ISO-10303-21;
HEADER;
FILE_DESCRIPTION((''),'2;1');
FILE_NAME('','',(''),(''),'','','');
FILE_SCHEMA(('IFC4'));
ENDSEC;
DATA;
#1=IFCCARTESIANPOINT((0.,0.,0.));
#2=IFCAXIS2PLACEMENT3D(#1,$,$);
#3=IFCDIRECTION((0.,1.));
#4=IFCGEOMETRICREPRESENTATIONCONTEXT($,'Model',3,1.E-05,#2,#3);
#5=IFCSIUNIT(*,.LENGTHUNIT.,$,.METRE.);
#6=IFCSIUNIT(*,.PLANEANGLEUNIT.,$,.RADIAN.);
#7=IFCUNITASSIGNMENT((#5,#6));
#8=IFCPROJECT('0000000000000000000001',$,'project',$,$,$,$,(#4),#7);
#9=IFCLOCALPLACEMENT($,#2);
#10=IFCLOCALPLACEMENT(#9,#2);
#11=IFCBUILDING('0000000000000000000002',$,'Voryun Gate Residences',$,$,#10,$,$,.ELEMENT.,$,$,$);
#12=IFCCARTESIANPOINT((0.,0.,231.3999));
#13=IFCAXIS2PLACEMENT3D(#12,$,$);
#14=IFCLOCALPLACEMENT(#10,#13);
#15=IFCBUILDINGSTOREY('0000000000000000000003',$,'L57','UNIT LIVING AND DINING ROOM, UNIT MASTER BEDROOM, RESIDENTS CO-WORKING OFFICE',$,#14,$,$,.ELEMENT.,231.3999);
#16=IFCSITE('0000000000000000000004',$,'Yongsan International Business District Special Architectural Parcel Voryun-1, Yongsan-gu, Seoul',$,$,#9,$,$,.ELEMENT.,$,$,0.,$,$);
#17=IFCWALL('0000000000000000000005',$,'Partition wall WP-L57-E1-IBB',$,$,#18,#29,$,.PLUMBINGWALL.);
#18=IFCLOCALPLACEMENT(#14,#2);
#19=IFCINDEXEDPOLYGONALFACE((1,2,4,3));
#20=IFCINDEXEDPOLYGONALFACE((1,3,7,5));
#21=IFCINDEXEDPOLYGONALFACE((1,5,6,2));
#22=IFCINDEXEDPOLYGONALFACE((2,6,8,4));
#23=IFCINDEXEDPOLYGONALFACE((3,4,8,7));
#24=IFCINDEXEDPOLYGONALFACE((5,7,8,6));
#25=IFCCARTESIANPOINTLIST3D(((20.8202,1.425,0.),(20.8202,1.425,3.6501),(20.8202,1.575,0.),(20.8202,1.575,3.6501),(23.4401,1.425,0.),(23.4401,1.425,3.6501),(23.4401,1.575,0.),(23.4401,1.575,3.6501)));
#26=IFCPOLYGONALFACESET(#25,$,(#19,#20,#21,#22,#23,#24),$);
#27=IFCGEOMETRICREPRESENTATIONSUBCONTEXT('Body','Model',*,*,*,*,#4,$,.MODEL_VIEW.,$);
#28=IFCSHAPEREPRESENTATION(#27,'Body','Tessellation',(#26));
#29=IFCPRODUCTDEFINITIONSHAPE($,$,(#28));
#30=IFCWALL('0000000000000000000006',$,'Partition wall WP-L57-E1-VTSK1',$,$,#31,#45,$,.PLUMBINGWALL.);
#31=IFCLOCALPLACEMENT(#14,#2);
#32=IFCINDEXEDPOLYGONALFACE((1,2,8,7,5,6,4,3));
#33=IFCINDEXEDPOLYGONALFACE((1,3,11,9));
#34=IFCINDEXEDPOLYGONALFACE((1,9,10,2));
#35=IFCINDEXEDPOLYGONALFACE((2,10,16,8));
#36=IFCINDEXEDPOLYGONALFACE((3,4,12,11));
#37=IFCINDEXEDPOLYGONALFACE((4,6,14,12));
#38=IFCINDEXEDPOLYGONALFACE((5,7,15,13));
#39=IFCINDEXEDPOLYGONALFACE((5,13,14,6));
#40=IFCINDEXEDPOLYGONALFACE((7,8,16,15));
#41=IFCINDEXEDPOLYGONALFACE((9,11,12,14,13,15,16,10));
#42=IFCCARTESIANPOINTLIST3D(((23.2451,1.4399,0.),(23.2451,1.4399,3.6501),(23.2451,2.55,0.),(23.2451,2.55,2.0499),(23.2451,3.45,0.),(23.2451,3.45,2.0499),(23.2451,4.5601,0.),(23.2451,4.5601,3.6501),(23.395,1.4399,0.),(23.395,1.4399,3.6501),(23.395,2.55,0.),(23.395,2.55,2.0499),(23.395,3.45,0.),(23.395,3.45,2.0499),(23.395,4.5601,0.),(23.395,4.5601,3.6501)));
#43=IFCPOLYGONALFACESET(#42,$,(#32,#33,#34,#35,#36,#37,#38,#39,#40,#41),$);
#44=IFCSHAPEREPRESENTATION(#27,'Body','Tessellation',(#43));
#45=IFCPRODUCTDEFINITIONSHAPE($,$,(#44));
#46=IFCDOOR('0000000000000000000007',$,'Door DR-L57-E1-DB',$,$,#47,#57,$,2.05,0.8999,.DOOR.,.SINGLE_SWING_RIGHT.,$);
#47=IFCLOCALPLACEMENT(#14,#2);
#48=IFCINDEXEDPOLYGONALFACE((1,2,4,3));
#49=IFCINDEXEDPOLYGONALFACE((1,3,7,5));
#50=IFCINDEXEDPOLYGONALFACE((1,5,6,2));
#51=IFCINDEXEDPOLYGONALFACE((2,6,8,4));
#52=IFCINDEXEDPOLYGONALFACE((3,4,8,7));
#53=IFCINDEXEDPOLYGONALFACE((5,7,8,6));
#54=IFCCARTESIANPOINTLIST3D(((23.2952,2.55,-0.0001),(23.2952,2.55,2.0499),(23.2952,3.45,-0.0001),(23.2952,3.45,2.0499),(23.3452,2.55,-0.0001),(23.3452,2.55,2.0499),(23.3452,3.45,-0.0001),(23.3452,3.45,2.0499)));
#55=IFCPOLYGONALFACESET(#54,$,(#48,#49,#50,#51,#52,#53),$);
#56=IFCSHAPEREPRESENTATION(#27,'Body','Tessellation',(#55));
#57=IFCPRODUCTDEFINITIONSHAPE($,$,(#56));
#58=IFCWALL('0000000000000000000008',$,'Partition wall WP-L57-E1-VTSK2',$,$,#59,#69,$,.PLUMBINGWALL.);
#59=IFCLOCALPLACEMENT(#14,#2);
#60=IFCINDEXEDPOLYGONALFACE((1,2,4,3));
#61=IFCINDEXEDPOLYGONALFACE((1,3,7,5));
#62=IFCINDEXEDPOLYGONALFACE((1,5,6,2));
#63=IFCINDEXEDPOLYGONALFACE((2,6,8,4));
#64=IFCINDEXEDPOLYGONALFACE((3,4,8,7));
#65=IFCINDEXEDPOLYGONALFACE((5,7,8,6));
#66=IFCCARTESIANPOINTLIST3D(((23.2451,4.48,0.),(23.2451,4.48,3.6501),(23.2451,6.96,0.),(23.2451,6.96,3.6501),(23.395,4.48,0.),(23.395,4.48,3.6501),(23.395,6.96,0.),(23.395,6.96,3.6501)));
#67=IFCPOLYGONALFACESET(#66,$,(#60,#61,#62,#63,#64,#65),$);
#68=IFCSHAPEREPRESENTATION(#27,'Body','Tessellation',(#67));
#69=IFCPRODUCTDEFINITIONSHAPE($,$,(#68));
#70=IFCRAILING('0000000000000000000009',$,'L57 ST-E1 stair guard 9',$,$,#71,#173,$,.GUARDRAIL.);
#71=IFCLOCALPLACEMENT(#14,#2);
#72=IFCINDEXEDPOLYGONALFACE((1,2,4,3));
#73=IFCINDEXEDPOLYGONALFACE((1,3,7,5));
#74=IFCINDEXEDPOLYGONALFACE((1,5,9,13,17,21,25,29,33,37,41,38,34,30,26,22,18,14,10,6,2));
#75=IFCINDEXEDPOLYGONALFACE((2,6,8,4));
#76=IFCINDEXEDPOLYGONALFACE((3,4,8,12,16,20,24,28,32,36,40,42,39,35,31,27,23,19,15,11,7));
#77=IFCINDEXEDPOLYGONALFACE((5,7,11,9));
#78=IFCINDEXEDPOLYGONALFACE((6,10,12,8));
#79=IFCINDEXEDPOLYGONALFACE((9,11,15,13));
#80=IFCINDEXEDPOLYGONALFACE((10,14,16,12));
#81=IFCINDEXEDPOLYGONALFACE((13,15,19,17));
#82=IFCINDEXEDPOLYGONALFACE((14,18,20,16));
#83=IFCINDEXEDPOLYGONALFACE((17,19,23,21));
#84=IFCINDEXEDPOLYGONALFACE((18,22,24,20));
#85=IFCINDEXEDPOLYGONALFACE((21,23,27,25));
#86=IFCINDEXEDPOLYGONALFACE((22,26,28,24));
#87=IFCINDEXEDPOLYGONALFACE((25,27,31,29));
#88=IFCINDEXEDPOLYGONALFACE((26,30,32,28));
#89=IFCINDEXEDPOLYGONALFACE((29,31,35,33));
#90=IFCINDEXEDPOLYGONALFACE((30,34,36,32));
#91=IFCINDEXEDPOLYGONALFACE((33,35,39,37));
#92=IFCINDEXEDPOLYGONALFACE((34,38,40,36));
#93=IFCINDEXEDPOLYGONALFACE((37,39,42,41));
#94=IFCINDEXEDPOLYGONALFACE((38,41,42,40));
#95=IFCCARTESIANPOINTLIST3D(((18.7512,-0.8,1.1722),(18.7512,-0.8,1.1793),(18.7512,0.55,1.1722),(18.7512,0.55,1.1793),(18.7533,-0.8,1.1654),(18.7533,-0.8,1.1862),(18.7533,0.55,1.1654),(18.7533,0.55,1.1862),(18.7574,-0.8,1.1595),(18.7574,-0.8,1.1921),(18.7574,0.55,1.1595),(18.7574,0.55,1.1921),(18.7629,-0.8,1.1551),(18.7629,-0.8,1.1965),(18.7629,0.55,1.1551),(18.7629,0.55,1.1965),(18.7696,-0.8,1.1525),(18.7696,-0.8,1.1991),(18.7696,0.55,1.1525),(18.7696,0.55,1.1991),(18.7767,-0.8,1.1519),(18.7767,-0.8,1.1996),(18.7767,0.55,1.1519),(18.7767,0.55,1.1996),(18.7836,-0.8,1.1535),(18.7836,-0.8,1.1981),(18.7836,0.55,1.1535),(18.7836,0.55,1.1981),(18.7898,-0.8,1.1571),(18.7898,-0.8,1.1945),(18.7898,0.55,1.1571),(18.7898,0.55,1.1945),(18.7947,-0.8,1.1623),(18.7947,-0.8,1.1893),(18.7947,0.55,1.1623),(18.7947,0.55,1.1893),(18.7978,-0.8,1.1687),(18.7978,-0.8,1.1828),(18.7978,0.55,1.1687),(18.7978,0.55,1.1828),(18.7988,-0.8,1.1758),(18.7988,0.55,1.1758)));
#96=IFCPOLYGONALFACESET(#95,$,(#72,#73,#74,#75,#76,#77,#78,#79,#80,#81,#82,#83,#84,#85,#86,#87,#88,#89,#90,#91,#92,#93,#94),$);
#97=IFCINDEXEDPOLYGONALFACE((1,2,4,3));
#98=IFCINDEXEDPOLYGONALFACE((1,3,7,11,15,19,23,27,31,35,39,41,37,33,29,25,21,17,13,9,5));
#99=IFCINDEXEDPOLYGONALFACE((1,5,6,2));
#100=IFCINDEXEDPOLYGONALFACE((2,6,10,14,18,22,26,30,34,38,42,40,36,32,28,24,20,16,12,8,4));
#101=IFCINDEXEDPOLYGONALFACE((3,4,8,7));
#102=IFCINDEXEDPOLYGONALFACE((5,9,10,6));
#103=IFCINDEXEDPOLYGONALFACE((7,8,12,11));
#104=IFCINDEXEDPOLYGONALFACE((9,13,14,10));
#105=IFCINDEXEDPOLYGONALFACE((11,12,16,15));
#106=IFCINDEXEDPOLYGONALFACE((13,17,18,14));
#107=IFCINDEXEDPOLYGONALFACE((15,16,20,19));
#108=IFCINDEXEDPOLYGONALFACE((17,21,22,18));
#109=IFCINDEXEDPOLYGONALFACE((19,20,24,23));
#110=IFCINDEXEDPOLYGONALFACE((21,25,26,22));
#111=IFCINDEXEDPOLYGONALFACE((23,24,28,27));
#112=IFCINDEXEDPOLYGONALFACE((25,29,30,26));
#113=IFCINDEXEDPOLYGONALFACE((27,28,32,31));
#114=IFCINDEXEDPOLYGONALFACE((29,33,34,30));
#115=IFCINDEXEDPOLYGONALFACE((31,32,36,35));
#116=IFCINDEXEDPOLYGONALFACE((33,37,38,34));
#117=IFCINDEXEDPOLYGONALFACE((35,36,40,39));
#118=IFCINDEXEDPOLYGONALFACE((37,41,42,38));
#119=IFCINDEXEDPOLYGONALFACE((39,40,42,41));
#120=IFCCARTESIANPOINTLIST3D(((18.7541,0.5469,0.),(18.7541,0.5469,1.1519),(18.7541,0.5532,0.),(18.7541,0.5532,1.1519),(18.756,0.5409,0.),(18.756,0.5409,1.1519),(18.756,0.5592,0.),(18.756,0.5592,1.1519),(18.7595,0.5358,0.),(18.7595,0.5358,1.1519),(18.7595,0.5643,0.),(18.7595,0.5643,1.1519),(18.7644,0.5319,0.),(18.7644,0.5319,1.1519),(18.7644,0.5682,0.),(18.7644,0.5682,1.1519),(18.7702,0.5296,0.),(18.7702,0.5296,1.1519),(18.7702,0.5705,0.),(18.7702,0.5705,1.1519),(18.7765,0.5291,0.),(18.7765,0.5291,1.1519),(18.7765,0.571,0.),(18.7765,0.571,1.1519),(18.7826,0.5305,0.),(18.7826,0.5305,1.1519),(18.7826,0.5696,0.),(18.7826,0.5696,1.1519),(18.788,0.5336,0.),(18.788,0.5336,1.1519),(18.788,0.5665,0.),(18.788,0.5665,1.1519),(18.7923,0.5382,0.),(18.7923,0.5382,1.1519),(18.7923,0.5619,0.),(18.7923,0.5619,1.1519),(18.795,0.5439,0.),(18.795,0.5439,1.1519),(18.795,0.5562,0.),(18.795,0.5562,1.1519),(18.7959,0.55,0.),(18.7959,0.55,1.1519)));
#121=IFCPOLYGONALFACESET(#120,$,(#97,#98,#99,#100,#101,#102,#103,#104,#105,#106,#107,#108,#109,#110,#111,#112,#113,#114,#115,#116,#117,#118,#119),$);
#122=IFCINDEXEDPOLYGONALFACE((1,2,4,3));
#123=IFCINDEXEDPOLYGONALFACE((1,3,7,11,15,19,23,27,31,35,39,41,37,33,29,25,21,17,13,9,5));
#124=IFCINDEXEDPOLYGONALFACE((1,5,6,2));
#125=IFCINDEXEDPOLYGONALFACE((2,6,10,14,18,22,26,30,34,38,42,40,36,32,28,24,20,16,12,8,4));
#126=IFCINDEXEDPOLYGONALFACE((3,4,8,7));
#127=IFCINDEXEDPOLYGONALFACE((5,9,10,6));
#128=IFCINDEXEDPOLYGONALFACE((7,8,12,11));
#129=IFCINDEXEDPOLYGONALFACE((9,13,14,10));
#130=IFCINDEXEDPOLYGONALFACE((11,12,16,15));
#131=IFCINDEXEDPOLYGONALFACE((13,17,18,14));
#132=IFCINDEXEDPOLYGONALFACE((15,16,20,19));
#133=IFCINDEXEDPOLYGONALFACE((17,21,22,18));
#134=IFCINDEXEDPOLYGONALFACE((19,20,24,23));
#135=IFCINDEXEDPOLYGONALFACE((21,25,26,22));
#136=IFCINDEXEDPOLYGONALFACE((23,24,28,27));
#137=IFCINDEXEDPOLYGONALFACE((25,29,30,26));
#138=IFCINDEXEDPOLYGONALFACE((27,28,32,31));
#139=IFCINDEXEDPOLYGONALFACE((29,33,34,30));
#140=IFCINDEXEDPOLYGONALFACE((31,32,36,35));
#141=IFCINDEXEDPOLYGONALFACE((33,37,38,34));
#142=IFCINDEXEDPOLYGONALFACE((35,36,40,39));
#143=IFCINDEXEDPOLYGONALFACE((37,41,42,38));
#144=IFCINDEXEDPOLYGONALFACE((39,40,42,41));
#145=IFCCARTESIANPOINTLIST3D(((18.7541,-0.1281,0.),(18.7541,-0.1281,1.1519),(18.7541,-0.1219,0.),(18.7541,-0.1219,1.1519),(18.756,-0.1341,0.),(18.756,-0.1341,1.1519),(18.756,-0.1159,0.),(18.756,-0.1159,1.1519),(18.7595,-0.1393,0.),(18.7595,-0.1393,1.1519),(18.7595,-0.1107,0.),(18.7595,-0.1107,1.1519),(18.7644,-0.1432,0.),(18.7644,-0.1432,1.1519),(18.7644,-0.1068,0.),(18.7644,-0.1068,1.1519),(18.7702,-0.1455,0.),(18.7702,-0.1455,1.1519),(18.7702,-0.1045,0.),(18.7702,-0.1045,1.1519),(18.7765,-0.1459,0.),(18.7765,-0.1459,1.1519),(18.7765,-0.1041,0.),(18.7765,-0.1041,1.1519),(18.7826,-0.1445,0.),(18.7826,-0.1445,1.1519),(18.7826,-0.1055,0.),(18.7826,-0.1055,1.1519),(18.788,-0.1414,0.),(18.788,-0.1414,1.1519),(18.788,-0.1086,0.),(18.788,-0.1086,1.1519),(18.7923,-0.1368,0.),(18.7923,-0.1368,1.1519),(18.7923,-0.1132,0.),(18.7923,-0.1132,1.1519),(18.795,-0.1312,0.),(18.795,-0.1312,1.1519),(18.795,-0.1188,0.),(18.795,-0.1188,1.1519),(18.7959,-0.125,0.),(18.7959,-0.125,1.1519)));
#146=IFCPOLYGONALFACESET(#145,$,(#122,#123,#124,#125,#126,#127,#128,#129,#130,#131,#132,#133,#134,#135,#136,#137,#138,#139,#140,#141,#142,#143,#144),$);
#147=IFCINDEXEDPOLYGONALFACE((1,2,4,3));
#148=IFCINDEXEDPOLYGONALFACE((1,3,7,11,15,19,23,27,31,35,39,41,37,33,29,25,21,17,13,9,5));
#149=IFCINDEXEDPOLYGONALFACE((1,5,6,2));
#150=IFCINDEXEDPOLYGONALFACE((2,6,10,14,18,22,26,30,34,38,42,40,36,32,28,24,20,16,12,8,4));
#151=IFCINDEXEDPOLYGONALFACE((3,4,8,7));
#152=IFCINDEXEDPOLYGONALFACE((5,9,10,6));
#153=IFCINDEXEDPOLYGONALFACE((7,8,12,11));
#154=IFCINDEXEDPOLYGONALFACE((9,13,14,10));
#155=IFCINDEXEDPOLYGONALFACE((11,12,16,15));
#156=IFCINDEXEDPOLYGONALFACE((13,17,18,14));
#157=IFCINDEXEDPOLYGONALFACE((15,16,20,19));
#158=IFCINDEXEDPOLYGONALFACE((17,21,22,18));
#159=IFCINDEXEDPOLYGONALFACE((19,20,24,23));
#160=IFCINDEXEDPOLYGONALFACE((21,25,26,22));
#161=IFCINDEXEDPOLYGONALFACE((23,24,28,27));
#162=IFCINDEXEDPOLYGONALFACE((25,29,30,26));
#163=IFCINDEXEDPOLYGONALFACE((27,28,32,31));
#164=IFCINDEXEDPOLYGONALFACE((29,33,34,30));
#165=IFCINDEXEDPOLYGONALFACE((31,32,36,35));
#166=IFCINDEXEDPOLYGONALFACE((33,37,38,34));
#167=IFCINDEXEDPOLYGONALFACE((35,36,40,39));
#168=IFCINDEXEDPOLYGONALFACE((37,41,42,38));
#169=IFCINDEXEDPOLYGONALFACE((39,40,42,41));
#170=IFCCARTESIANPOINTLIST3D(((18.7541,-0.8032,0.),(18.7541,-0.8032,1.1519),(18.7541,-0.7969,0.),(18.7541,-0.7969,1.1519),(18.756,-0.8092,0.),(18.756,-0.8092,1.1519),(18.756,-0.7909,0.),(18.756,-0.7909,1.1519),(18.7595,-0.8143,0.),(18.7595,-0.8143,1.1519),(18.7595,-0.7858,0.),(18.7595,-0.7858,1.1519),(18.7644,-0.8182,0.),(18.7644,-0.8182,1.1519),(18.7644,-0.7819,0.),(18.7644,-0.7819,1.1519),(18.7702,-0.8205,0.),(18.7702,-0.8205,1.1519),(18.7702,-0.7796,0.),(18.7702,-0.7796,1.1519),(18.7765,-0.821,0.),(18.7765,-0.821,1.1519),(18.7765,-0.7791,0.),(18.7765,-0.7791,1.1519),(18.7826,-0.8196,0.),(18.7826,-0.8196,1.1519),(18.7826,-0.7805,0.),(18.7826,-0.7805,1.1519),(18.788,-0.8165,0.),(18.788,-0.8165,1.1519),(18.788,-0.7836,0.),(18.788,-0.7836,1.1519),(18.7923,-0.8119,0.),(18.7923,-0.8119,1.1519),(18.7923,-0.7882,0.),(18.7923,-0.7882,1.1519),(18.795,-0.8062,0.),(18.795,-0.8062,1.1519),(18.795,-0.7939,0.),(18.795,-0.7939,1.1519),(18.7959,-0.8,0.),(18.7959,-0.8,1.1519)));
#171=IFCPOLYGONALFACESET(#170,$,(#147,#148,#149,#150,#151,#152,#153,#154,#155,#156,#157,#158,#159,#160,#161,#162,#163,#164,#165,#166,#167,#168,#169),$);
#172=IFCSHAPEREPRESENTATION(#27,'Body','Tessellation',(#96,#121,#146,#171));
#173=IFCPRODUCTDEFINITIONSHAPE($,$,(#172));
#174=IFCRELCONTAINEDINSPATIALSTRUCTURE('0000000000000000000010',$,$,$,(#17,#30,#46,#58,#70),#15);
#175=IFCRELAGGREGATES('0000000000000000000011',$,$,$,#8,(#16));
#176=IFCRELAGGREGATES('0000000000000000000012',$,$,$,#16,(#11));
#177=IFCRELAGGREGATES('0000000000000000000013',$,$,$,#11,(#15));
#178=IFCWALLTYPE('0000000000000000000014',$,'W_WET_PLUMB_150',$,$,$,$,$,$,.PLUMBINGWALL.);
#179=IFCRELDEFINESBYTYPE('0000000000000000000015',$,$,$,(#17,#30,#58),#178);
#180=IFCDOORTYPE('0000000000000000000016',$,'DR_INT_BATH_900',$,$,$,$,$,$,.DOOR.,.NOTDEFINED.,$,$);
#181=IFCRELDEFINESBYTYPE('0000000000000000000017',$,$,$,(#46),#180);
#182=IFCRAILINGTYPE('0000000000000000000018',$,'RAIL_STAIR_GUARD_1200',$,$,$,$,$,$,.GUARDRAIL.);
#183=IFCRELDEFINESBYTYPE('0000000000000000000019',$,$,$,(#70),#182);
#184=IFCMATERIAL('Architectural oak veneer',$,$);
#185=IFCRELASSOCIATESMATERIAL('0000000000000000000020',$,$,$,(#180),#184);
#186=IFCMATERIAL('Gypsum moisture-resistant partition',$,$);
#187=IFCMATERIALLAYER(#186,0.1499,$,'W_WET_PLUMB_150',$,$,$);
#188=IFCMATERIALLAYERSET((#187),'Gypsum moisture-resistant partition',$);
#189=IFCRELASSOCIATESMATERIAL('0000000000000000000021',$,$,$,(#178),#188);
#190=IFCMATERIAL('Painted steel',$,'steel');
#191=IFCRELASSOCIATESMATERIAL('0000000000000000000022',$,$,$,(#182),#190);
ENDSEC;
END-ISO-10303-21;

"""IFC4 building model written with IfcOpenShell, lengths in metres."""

from ifc_helpers import new_model, si_unit, direction, frame, frame_2d, origin, origin_2d, place, context, subcontext, project, spatial, rectangle, circle, extrude, material, layer, layer_set, type_object, element, fill, save


model = new_model("IFC4")

# Units and contexts
model_context = context("Model", 3, precision=1e-05, world=origin(), true_north=direction((0.0, 1.0)))
body_context = subcontext(model_context, "Body", "Model", "MODEL_VIEW")
ifc_project = project(units=[si_unit("LENGTHUNIT", "METRE"), si_unit("PLANEANGLEUNIT", "RADIAN")], contexts=[model_context])

# Site, building, storey
site_placement = place(None, origin())
site = spatial("IfcSite", under=ifc_project, at=site_placement, Name="Yongsan International Business District Special Architectural Parcel Voryun-1, Yongsan-gu, Seoul", CompositionType="ELEMENT", RefElevation=0.0)
building_placement = place(site_placement, origin())
building = spatial("IfcBuilding", under=site, at=building_placement, Name="Voryun Gate Residences", CompositionType="ELEMENT")
storey_placement = place(building_placement, frame((0.0, 0.0, 231.3999)))
storey = spatial("IfcBuildingStorey", under=building, at=storey_placement, Name="L57", Description="UNIT LIVING AND DINING ROOM, UNIT MASTER BEDROOM, RESIDENTS CO-WORKING OFFICE", CompositionType="ELEMENT", Elevation=231.3999)

# Shared definitions
ifc_material_1 = material(Name="Architectural oak veneer")
door_type_1 = type_object("IfcDoorType", Name="DR_INT_BATH_900", OperationType="NOTDEFINED", PredefinedType="DOOR", material=ifc_material_1)
ifc_material_2 = material(Name="Gypsum moisture-resistant partition")
ifc_layer_1 = layer(ifc_material_2, 0.1499, Name="W_WET_PLUMB_150")
ifc_layer_set_1 = layer_set([ifc_layer_1], Name="Gypsum moisture-resistant partition")
wall_type_1 = type_object("IfcWallType", Name="W_WET_PLUMB_150", PredefinedType="PLUMBINGWALL", material=ifc_layer_set_1)

# Wall
for number, where, z_axis, x_axis, name in (
    (1, (20.8201, 1.5, 0.0), (0.0, 0.0, 1.0), (1.0, 0.0, 0.0), "Partition wall WP-L57-E1-IBB"),
):
    element("IfcWall", number, at=place(storey_placement, frame(where, z_axis=z_axis, x_axis=x_axis)), inside=storey, type_object=wall_type_1, Name=name, PredefinedType="PLUMBINGWALL", context=body_context, shape_type="SweptSolid", body=[
        extrude(rectangle(XDim=2.6199, YDim=0.1499, at=frame_2d((1.3101, 0.0))), origin(), (0.0, 0.0, 1.0), 3.6501),
    ])

# Wall, opening, door
wall_1_placement = place(storey_placement, frame((23.3201, 1.4399, 0.0), z_axis=(0.0, 0.0, 1.0), x_axis=(0.0, 1.0, 0.0)))
wall_1 = element("IfcWall", 2, at=wall_1_placement, inside=storey, type_object=wall_type_1, Name="Partition wall WP-L57-E1-VTSK1", PredefinedType="PLUMBINGWALL", context=body_context, shape_type="SweptSolid", body=[
    extrude(rectangle(XDim=3.1201, YDim=0.1499, at=frame_2d((1.5601, 0.0))), origin(), (0.0, 0.0, 1.0), 3.6501),
])
opening_1_placement = place(wall_1_placement, frame((1.1101, 0.0, 0.0)))
opening_1 = element("IfcOpeningElement", 3, at=opening_1_placement, cuts=wall_1, PredefinedType="OPENING", context=body_context, shape_type="SweptSolid", body=[
    extrude(rectangle(XDim=0.8999, YDim=2.05, at=frame_2d((0.45, 1.0249))), frame((0.0, 0.085, 0.0), z_axis=(0.0, -1.0, 0.0), x_axis=(1.0, 0.0, 0.0)), (0.0, 0.0, 1.0), 0.1699),
])
door_1_placement = place(opening_1_placement, origin())
door_1 = element("IfcDoor", 4, at=door_1_placement, inside=storey, type_object=door_type_1, Name="Door DR-L57-E1-DB", OperationType="SINGLE_SWING_RIGHT", OverallHeight=2.05, OverallWidth=0.8999, PredefinedType="DOOR", context=body_context, shape_type="SweptSolid", body=[
    extrude(rectangle(XDim=0.8999, YDim=2.05, at=frame_2d((0.45, 1.0249))), frame((0.0, 0.0249, 0.0), z_axis=(0.0, -1.0, 0.0), x_axis=(1.0, 0.0, 0.0)), (0.0, 0.0, 1.0), 0.05),
])
fill(opening_1, door_1)

# Wall
wall_2_placement = place(storey_placement, frame((23.3201, 4.48, 0.0), z_axis=(0.0, 0.0, 1.0), x_axis=(0.0, 1.0, 0.0)))
element("IfcWall", 5, at=wall_2_placement, inside=storey, type_object=wall_type_1, Name="Partition wall WP-L57-E1-VTSK2", PredefinedType="PLUMBINGWALL", context=body_context, shape_type="SweptSolid", body=[
    extrude(rectangle(XDim=2.48, YDim=0.1499, at=frame_2d((1.24, 0.0))), origin(), (0.0, 0.0, 1.0), 3.6501),
])

# Railing
ifc_material_3 = material(Name="Painted steel", Category="steel")
railing_type = type_object("IfcRailingType", Name="RAIL_STAIR_GUARD_1200", PredefinedType="GUARDRAIL", material=ifc_material_3)
railing_placement = place(storey_placement, frame((18.7749, 0.55, 0.0)))
element("IfcRailing", 6, at=railing_placement, inside=storey, type_object=railing_type, Name="L57 ST-E1 stair guard 9", PredefinedType="GUARDRAIL", context=body_context, shape_type="SweptSolid", body=[
    extrude(circle(Radius=0.0239, at=origin_2d()), frame((0.0, 0.0, 1.1758), z_axis=(0.0, -1.0, 0.0), x_axis=(1.0, 0.0, 0.0)), (0.0, 0.0, 1.0), 1.3501),
    extrude(circle(Radius=0.021, at=origin_2d()), origin(), (0.0, 0.0, 1.0), 1.1519),
    extrude(circle(Radius=0.021, at=origin_2d()), frame((0.0, -0.675, 0.0)), (0.0, 0.0, 1.0), 1.1519),
    extrude(circle(Radius=0.021, at=origin_2d()), frame((0.0, -1.3501, 0.0)), (0.0, 0.0, 1.0), 1.1519),
])

save(model, "model.ifc")
